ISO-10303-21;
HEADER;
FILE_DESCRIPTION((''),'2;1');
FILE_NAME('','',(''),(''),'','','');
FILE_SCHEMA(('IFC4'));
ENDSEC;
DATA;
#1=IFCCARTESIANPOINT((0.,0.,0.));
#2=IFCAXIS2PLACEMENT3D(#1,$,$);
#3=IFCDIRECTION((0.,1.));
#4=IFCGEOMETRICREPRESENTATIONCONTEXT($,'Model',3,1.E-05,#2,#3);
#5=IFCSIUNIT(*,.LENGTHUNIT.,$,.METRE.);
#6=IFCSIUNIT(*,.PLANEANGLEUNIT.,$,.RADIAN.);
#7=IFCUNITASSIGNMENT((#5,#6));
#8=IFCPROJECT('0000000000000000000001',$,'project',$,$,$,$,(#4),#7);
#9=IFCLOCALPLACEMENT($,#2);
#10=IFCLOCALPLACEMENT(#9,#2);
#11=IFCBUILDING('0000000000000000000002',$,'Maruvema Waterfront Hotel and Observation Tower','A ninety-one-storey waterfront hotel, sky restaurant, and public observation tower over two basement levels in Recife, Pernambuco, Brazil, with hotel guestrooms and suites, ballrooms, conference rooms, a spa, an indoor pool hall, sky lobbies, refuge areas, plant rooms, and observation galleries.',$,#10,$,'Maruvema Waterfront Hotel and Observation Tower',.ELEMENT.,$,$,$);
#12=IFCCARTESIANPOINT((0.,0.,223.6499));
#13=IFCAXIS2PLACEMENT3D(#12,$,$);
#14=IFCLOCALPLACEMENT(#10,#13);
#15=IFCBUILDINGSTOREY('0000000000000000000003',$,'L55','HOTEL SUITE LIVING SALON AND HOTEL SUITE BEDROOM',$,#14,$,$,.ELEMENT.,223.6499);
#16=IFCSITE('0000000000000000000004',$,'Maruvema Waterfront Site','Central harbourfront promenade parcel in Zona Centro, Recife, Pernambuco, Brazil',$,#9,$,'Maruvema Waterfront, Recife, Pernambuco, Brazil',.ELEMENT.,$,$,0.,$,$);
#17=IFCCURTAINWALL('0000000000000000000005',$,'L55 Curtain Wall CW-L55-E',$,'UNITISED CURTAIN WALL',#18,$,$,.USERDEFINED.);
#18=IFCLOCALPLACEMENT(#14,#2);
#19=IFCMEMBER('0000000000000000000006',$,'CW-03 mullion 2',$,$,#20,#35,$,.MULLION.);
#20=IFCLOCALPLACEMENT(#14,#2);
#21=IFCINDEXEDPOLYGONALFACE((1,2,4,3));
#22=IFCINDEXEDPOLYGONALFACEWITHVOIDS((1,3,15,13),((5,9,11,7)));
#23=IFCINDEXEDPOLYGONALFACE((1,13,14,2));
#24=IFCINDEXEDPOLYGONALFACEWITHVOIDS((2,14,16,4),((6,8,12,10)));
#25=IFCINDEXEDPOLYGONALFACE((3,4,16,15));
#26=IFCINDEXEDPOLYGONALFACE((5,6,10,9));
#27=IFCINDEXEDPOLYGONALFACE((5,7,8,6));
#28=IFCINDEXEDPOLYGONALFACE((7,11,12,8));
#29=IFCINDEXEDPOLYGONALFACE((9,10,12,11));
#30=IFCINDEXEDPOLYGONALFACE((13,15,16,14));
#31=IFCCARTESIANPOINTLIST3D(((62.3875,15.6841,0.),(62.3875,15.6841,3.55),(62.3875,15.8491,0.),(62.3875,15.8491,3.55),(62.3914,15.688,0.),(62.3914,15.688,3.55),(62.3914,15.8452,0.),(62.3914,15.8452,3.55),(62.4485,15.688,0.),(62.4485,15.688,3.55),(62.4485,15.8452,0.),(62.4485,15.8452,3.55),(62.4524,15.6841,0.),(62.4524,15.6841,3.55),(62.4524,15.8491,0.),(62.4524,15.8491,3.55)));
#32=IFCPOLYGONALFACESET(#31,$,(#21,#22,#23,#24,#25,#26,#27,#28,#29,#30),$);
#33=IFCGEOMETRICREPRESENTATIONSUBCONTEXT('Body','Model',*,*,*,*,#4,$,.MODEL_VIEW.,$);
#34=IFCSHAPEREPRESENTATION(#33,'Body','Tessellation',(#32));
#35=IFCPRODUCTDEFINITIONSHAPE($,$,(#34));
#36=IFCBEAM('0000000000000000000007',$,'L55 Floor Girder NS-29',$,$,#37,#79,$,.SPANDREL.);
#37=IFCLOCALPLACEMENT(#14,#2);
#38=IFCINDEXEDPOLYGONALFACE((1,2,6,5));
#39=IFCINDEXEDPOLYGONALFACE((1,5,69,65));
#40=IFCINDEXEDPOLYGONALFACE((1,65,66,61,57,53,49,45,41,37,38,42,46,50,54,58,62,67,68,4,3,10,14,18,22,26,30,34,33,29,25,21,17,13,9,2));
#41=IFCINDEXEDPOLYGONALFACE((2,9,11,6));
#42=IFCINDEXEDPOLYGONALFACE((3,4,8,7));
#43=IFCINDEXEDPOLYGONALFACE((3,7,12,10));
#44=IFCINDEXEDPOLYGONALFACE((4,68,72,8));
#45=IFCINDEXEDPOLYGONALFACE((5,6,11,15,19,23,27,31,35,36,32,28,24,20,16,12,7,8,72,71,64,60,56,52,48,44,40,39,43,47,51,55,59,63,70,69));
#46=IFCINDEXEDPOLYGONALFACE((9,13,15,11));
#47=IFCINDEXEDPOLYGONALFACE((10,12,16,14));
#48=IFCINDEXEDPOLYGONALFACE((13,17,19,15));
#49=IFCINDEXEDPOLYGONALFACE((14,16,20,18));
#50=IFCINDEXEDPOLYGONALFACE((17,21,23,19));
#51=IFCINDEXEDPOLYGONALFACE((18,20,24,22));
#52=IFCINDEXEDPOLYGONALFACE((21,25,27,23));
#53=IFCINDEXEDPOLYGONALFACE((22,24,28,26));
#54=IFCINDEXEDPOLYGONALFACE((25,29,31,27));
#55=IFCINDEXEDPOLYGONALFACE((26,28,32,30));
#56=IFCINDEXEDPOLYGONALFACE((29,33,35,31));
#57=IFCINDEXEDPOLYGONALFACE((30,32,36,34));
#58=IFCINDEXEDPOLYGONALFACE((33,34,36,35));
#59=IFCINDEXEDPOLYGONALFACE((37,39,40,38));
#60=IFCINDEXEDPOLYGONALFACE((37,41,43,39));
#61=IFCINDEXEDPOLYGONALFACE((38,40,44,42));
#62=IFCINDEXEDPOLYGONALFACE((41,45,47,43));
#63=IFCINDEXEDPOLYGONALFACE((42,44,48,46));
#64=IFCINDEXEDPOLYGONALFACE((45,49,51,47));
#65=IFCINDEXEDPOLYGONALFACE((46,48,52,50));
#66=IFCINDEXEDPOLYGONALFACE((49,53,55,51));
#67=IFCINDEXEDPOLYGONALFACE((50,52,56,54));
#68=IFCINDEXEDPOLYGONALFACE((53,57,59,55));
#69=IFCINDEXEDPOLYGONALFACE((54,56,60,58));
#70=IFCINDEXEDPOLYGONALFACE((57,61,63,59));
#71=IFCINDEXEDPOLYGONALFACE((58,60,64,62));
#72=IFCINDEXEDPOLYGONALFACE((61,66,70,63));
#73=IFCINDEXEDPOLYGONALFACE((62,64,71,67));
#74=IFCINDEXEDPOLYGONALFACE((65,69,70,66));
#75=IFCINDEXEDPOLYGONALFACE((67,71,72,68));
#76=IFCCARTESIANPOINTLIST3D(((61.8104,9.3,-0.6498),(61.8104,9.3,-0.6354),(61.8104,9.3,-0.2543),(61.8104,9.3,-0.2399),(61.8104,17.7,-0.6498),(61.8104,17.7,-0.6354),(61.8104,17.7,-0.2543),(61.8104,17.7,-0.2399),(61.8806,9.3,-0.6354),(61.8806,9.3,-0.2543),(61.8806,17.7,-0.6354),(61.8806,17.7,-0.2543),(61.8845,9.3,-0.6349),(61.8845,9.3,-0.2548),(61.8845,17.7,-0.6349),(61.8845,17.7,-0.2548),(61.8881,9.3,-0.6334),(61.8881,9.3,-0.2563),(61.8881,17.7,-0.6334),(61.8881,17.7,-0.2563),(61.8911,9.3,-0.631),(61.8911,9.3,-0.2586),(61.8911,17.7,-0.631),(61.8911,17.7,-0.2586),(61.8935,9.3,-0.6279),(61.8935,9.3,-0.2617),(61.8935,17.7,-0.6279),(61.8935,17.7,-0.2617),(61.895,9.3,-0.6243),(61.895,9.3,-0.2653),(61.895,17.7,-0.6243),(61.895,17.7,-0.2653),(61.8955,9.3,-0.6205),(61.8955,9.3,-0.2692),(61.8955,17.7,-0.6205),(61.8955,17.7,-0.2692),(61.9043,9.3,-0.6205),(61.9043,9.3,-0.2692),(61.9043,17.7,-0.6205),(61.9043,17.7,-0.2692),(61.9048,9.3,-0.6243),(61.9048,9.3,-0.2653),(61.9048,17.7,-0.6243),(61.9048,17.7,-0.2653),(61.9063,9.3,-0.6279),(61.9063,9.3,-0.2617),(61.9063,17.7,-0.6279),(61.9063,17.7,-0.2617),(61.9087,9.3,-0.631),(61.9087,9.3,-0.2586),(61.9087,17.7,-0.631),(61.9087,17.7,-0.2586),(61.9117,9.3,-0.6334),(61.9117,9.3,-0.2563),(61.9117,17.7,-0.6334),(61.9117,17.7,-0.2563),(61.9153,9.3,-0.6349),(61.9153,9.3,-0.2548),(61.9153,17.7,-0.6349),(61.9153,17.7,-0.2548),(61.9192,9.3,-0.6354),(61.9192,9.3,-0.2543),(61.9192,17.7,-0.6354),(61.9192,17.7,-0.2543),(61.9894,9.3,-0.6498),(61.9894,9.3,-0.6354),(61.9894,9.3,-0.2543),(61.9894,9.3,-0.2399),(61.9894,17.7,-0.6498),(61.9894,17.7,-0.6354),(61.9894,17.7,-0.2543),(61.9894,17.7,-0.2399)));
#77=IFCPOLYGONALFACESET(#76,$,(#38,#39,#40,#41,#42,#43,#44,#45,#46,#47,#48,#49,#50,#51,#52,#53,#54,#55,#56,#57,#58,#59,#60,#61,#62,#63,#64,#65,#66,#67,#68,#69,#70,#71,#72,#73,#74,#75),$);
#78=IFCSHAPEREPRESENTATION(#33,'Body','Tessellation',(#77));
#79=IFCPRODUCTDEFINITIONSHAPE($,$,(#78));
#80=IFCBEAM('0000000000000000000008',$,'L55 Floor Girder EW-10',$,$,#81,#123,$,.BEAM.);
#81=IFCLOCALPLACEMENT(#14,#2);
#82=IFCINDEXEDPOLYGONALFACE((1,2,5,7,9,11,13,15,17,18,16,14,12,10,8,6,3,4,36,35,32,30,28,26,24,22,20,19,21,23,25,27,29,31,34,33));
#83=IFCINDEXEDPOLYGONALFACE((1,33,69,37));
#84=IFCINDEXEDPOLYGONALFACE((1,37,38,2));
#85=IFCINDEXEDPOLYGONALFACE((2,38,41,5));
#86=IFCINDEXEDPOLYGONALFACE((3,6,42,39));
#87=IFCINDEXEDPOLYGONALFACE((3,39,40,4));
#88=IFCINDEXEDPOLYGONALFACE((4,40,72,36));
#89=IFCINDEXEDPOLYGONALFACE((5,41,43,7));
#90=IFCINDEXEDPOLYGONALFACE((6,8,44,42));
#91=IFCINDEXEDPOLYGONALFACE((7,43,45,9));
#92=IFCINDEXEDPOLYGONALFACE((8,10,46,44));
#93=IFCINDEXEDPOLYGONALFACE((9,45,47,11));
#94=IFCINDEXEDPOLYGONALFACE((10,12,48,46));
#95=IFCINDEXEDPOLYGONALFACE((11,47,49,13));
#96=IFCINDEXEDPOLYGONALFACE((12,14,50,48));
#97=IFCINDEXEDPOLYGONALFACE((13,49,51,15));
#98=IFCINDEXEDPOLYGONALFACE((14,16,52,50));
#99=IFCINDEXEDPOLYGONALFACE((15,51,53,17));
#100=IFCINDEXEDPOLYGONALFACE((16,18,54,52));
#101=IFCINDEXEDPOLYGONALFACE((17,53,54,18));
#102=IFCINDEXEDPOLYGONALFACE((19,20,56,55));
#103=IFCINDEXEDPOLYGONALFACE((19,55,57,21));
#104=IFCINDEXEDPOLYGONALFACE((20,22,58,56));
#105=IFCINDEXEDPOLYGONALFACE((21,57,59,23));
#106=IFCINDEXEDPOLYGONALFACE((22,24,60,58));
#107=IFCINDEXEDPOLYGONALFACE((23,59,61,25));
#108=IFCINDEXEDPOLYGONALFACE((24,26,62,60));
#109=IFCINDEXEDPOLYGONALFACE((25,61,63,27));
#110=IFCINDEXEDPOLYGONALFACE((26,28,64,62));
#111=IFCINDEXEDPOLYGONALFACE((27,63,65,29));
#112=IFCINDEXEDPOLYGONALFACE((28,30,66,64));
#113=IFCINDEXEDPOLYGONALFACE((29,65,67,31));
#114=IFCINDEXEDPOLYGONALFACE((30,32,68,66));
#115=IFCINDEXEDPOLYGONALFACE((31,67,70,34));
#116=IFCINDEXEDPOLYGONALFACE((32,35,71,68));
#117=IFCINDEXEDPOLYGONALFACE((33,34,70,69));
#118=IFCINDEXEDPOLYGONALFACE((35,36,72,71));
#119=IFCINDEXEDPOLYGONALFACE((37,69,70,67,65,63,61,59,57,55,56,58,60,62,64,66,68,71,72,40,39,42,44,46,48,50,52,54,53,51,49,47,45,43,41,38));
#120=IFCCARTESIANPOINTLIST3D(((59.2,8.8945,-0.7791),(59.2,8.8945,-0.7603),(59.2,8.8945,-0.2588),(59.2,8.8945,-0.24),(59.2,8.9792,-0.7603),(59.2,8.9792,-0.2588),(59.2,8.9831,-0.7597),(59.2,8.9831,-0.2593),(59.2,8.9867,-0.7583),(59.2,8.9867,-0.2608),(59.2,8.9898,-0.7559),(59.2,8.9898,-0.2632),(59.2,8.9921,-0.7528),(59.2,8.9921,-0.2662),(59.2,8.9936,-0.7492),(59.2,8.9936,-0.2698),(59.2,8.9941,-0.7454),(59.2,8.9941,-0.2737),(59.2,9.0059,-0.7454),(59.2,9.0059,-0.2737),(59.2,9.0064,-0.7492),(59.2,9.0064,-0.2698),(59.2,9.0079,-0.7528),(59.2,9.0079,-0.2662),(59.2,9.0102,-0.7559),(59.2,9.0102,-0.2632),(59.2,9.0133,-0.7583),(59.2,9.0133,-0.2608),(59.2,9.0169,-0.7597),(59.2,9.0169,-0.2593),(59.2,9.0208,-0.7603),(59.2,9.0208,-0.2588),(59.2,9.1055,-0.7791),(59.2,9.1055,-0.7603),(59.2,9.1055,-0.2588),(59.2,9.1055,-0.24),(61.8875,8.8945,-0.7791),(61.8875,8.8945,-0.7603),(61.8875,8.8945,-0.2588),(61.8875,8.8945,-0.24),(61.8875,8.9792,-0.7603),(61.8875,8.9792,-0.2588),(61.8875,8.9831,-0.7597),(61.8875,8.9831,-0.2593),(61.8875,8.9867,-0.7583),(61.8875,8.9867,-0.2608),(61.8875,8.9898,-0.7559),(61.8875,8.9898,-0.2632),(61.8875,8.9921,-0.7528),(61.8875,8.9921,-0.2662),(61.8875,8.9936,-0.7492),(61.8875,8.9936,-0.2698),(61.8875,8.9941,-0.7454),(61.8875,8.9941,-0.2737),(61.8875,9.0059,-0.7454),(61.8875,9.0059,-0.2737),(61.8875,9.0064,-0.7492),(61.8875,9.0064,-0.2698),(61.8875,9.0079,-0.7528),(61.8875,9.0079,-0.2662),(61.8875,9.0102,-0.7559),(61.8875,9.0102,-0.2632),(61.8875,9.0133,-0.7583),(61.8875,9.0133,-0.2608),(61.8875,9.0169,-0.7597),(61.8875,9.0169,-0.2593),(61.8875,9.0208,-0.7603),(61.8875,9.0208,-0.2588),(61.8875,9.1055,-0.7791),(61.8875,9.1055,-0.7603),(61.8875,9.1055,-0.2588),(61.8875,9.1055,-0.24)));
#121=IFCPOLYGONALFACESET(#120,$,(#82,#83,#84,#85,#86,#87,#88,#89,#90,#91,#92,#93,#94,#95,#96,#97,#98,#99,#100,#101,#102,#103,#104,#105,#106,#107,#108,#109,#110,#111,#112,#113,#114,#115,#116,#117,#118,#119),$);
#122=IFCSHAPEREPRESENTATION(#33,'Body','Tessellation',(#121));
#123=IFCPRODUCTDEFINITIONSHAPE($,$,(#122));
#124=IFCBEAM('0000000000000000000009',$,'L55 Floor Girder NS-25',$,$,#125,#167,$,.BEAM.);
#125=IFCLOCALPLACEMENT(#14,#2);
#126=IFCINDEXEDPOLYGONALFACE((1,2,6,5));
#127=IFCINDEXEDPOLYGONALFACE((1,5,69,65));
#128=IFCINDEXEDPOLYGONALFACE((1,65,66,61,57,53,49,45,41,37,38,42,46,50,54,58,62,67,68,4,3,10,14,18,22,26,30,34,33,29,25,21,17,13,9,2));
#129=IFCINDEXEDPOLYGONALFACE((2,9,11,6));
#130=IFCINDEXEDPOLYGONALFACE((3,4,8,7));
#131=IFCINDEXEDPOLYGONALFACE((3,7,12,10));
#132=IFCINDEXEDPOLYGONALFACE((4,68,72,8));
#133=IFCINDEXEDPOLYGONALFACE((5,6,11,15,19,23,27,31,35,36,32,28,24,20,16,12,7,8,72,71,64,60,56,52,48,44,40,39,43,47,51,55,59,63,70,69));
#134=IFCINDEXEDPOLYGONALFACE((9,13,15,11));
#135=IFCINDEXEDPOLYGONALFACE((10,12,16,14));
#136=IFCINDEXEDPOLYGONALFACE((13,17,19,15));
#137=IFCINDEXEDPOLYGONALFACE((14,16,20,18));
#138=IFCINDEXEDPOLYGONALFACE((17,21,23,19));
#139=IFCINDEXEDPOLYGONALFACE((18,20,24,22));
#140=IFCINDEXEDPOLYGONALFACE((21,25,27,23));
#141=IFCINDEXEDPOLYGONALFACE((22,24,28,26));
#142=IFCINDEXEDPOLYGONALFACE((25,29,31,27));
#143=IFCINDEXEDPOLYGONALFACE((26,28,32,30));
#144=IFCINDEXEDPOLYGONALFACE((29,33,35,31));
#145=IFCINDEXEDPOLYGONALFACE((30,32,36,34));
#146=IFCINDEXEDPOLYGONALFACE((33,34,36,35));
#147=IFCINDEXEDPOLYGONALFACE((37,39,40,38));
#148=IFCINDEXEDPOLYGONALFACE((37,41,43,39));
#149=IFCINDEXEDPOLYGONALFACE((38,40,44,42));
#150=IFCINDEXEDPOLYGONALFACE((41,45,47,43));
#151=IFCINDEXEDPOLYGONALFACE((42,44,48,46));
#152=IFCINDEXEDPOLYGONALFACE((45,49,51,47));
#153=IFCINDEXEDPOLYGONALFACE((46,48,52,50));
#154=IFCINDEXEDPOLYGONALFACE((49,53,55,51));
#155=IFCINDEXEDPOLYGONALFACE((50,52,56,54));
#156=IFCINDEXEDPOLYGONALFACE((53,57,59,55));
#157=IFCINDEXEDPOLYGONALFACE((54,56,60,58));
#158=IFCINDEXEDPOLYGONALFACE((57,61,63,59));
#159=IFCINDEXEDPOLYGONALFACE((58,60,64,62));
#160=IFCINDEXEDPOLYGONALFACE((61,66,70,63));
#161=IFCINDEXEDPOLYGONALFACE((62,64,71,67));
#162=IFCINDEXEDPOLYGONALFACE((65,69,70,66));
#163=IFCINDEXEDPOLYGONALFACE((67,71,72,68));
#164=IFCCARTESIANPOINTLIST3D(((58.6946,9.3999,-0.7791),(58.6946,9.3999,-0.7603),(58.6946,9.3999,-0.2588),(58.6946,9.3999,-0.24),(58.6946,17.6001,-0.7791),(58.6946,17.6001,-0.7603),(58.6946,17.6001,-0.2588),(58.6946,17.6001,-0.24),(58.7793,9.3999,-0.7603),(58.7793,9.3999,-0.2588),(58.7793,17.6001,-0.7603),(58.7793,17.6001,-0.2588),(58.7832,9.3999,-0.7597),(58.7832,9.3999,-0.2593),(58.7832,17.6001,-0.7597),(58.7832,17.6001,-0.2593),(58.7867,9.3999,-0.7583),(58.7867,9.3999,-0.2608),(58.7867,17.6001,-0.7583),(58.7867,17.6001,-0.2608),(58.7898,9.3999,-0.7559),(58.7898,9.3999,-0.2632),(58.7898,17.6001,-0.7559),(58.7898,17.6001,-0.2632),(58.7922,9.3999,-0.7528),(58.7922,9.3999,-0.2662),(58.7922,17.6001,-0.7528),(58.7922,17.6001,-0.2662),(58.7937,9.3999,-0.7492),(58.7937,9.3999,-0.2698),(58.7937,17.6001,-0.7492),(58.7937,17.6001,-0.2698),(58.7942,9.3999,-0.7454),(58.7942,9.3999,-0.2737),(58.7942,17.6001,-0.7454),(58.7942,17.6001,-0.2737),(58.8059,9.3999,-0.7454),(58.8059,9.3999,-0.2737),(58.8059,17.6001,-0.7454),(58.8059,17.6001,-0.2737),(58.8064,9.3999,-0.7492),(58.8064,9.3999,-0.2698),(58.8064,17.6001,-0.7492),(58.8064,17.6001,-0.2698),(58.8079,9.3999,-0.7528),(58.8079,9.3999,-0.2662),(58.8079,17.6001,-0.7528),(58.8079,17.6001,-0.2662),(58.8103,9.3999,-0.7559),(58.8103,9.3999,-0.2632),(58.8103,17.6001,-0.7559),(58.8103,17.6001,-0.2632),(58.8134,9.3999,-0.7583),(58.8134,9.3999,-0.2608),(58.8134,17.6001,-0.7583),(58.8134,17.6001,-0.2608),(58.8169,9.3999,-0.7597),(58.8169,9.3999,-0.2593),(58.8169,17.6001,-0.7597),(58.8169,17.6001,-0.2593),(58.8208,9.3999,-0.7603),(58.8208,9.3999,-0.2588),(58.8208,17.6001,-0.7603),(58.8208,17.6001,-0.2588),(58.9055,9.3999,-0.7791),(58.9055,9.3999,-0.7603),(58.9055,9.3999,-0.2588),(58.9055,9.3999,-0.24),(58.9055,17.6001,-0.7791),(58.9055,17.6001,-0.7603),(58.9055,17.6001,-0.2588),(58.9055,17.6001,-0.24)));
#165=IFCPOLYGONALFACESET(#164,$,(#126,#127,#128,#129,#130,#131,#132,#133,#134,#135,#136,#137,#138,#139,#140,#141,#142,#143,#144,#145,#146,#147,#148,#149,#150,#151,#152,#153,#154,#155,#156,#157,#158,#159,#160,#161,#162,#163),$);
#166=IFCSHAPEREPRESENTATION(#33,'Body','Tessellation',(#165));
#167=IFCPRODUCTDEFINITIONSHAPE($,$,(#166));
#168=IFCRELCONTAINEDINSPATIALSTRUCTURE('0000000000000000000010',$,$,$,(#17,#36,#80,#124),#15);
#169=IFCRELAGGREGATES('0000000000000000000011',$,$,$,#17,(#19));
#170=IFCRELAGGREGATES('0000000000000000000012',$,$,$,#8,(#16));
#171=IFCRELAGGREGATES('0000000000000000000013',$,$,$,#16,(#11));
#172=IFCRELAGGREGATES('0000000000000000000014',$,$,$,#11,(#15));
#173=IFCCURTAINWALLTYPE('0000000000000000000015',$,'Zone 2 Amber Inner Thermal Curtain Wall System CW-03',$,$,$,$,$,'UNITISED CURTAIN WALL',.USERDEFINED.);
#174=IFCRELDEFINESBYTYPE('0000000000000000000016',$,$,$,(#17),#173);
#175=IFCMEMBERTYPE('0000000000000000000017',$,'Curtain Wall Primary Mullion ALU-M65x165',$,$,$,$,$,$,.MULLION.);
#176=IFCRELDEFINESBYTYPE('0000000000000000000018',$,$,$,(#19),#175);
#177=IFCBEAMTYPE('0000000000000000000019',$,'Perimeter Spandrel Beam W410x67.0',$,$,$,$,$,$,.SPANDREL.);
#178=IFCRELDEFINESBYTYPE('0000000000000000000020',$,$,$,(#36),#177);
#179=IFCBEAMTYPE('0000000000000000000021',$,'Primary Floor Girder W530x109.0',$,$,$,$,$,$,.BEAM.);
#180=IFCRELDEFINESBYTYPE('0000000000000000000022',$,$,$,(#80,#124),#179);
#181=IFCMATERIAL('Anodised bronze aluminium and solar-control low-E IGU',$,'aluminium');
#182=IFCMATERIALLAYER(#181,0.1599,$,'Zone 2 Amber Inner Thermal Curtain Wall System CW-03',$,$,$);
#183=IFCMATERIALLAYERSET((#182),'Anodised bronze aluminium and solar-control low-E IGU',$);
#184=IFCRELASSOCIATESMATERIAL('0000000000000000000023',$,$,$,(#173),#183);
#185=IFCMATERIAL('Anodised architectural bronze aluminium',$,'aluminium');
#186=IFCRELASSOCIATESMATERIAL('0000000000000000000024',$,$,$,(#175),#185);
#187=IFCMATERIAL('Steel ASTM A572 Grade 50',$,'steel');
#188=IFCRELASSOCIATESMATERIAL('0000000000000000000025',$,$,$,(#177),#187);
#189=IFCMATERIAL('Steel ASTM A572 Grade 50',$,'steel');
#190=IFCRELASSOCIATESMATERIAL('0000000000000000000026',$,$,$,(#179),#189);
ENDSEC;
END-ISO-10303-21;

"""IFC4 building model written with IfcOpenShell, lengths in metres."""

from ifc_helpers import new_model, si_unit, direction, frame, origin, origin_2d, place, context, subcontext, project, spatial, hollow_rectangle, i_section, extrude, material, layer, layer_set, material_profile, profile_set, type_object, element, aggregate, save


model = new_model("IFC4")

# Units and contexts
model_context = context("Model", 3, precision=1e-05, world=origin(), true_north=direction((0.0, 1.0)))
body_context = subcontext(model_context, "Body", "Model", "MODEL_VIEW")
ifc_project = project(units=[si_unit("LENGTHUNIT", "METRE"), si_unit("PLANEANGLEUNIT", "RADIAN")], contexts=[model_context])

# Site, building, storey
site_placement = place(None, origin())
site = spatial("IfcSite", under=ifc_project, at=site_placement, Name="Maruvema Waterfront Site", Description="Central harbourfront promenade parcel in Zona Centro, Recife, Pernambuco, Brazil", LongName="Maruvema Waterfront, Recife, Pernambuco, Brazil", CompositionType="ELEMENT", RefElevation=0.0)
building_placement = place(site_placement, origin())
building = spatial("IfcBuilding", under=site, at=building_placement, Name="Maruvema Waterfront Hotel and Observation Tower", Description="A ninety-one-storey waterfront hotel, sky restaurant, and public observation tower over two basement levels in Recife, Pernambuco, Brazil, with hotel guestrooms and suites, ballrooms, conference rooms, a spa, an indoor pool hall, sky lobbies, refuge areas, plant rooms, and observation galleries.", LongName="Maruvema Waterfront Hotel and Observation Tower", CompositionType="ELEMENT")
storey_placement = place(building_placement, frame((0.0, 0.0, 223.6499)))
storey = spatial("IfcBuildingStorey", under=building, at=storey_placement, Name="L55", Description="HOTEL SUITE LIVING SALON AND HOTEL SUITE BEDROOM", CompositionType="ELEMENT", Elevation=223.6499)

# Curtain wall
ifc_material_1 = material(Name="Anodised bronze aluminium and solar-control low-E IGU", Category="aluminium")
ifc_layer_1 = layer(ifc_material_1, 0.1599, Name="Zone 2 Amber Inner Thermal Curtain Wall System CW-03")
ifc_layer_set_1 = layer_set([ifc_layer_1], Name="Anodised bronze aluminium and solar-control low-E IGU")
curtain_wall_type = type_object("IfcCurtainWallType", Name="Zone 2 Amber Inner Thermal Curtain Wall System CW-03", ElementType="UNITISED CURTAIN WALL", PredefinedType="USERDEFINED", material=ifc_layer_set_1)
curtain_wall_1_placement = place(storey_placement, origin())
curtain_wall_1 = element("IfcCurtainWall", 1, at=curtain_wall_1_placement, inside=storey, type_object=curtain_wall_type, Name="L55 Curtain Wall CW-L55-E", ObjectType="UNITISED CURTAIN WALL", PredefinedType="USERDEFINED")

# Member
ifc_material_2 = material(Name="Anodised architectural bronze aluminium", Category="aluminium")
ifc_material_profile_1 = material_profile(ifc_material_2, hollow_rectangle(XDim=0.0649, YDim=0.165, WallThickness=0.0039, at=origin_2d()), Name="ALU-M65x165")
ifc_profile_set_1 = profile_set([ifc_material_profile_1], Name="Anodised architectural bronze aluminium")
member_type_1 = type_object("IfcMemberType", Name="Curtain Wall Primary Mullion ALU-M65x165", PredefinedType="MULLION", material=ifc_profile_set_1)
member_1_placement = place(storey_placement, frame((62.4199, 15.7666, 0.0), z_axis=(0.0, 0.0, 1.0), x_axis=(-1.0, 0.0, 0.0)))
member_1 = element("IfcMember", 2, at=member_1_placement, type_object=member_type_1, Name="CW-03 mullion 2", PredefinedType="MULLION", context=body_context, shape_type="SweptSolid", body=[
    extrude(hollow_rectangle(XDim=0.0649, YDim=0.165, WallThickness=0.0039, at=origin_2d()), origin(), (0.0, 0.0, 1.0), 3.55),
])

# Beams
ifc_material_3 = material(Name="Steel ASTM A572 Grade 50", Category="steel")
ifc_material_profile_2 = material_profile(ifc_material_3, i_section(OverallWidth=0.179, OverallDepth=0.4099, WebThickness=0.0088, FlangeThickness=0.0144, FilletRadius=0.0149, at=origin_2d()), Name="W410x67.0")
ifc_profile_set_2 = profile_set([ifc_material_profile_2], Name="Steel ASTM A572 Grade 50")
beam_type_1 = type_object("IfcBeamType", Name="Perimeter Spandrel Beam W410x67.0", PredefinedType="SPANDREL", material=ifc_profile_set_2)
beam_1_placement = place(storey_placement, frame((61.8999, 9.3, -0.4448), z_axis=(0.0, 1.0, 0.0), x_axis=(-1.0, 0.0, 0.0)))
element("IfcBeam", 3, at=beam_1_placement, inside=storey, type_object=beam_type_1, Name="L55 Floor Girder NS-29", PredefinedType="SPANDREL", context=body_context, shape_type="SweptSolid", body=[
    extrude(i_section(OverallWidth=0.179, OverallDepth=0.4099, WebThickness=0.0088, FlangeThickness=0.0144, FilletRadius=0.0149, at=origin_2d()), origin(), (0.0, 0.0, 1.0), 8.3999),
])
ifc_material_4 = material(Name="Steel ASTM A572 Grade 50", Category="steel")
ifc_material_profile_3 = material_profile(ifc_material_4, i_section(OverallWidth=0.2109, OverallDepth=0.5391, WebThickness=0.0117, FlangeThickness=0.0188, FilletRadius=0.0149, at=origin_2d()), Name="W530x109.0")
ifc_profile_set_3 = profile_set([ifc_material_profile_3], Name="Steel ASTM A572 Grade 50")
beam_type_2 = type_object("IfcBeamType", Name="Primary Floor Girder W530x109.0", PredefinedType="BEAM", material=ifc_profile_set_3)
beam_2_placement = place(storey_placement, frame((59.2, 9.0, -0.5095), z_axis=(1.0, 0.0, 0.0), x_axis=(0.0, 1.0, 0.0)))
element("IfcBeam", 4, at=beam_2_placement, inside=storey, type_object=beam_type_2, Name="L55 Floor Girder EW-10", PredefinedType="BEAM", context=body_context, shape_type="SweptSolid", body=[
    extrude(i_section(OverallWidth=0.2109, OverallDepth=0.5391, WebThickness=0.0117, FlangeThickness=0.0188, FilletRadius=0.0149, at=origin_2d()), origin(), (0.0, 0.0, 1.0), 2.6875),
])
beam_3_placement = place(storey_placement, frame((58.8, 9.3999, -0.5095), z_axis=(0.0, 1.0, 0.0), x_axis=(-1.0, 0.0, 0.0)))
element("IfcBeam", 5, at=beam_3_placement, inside=storey, type_object=beam_type_2, Name="L55 Floor Girder NS-25", PredefinedType="BEAM", context=body_context, shape_type="SweptSolid", body=[
    extrude(i_section(OverallWidth=0.2109, OverallDepth=0.5391, WebThickness=0.0117, FlangeThickness=0.0188, FilletRadius=0.0149, at=origin_2d()), origin(), (0.0, 0.0, 1.0), 8.2002),
])

aggregate(curtain_wall_1, [member_1])

save(model, "model.ifc")
